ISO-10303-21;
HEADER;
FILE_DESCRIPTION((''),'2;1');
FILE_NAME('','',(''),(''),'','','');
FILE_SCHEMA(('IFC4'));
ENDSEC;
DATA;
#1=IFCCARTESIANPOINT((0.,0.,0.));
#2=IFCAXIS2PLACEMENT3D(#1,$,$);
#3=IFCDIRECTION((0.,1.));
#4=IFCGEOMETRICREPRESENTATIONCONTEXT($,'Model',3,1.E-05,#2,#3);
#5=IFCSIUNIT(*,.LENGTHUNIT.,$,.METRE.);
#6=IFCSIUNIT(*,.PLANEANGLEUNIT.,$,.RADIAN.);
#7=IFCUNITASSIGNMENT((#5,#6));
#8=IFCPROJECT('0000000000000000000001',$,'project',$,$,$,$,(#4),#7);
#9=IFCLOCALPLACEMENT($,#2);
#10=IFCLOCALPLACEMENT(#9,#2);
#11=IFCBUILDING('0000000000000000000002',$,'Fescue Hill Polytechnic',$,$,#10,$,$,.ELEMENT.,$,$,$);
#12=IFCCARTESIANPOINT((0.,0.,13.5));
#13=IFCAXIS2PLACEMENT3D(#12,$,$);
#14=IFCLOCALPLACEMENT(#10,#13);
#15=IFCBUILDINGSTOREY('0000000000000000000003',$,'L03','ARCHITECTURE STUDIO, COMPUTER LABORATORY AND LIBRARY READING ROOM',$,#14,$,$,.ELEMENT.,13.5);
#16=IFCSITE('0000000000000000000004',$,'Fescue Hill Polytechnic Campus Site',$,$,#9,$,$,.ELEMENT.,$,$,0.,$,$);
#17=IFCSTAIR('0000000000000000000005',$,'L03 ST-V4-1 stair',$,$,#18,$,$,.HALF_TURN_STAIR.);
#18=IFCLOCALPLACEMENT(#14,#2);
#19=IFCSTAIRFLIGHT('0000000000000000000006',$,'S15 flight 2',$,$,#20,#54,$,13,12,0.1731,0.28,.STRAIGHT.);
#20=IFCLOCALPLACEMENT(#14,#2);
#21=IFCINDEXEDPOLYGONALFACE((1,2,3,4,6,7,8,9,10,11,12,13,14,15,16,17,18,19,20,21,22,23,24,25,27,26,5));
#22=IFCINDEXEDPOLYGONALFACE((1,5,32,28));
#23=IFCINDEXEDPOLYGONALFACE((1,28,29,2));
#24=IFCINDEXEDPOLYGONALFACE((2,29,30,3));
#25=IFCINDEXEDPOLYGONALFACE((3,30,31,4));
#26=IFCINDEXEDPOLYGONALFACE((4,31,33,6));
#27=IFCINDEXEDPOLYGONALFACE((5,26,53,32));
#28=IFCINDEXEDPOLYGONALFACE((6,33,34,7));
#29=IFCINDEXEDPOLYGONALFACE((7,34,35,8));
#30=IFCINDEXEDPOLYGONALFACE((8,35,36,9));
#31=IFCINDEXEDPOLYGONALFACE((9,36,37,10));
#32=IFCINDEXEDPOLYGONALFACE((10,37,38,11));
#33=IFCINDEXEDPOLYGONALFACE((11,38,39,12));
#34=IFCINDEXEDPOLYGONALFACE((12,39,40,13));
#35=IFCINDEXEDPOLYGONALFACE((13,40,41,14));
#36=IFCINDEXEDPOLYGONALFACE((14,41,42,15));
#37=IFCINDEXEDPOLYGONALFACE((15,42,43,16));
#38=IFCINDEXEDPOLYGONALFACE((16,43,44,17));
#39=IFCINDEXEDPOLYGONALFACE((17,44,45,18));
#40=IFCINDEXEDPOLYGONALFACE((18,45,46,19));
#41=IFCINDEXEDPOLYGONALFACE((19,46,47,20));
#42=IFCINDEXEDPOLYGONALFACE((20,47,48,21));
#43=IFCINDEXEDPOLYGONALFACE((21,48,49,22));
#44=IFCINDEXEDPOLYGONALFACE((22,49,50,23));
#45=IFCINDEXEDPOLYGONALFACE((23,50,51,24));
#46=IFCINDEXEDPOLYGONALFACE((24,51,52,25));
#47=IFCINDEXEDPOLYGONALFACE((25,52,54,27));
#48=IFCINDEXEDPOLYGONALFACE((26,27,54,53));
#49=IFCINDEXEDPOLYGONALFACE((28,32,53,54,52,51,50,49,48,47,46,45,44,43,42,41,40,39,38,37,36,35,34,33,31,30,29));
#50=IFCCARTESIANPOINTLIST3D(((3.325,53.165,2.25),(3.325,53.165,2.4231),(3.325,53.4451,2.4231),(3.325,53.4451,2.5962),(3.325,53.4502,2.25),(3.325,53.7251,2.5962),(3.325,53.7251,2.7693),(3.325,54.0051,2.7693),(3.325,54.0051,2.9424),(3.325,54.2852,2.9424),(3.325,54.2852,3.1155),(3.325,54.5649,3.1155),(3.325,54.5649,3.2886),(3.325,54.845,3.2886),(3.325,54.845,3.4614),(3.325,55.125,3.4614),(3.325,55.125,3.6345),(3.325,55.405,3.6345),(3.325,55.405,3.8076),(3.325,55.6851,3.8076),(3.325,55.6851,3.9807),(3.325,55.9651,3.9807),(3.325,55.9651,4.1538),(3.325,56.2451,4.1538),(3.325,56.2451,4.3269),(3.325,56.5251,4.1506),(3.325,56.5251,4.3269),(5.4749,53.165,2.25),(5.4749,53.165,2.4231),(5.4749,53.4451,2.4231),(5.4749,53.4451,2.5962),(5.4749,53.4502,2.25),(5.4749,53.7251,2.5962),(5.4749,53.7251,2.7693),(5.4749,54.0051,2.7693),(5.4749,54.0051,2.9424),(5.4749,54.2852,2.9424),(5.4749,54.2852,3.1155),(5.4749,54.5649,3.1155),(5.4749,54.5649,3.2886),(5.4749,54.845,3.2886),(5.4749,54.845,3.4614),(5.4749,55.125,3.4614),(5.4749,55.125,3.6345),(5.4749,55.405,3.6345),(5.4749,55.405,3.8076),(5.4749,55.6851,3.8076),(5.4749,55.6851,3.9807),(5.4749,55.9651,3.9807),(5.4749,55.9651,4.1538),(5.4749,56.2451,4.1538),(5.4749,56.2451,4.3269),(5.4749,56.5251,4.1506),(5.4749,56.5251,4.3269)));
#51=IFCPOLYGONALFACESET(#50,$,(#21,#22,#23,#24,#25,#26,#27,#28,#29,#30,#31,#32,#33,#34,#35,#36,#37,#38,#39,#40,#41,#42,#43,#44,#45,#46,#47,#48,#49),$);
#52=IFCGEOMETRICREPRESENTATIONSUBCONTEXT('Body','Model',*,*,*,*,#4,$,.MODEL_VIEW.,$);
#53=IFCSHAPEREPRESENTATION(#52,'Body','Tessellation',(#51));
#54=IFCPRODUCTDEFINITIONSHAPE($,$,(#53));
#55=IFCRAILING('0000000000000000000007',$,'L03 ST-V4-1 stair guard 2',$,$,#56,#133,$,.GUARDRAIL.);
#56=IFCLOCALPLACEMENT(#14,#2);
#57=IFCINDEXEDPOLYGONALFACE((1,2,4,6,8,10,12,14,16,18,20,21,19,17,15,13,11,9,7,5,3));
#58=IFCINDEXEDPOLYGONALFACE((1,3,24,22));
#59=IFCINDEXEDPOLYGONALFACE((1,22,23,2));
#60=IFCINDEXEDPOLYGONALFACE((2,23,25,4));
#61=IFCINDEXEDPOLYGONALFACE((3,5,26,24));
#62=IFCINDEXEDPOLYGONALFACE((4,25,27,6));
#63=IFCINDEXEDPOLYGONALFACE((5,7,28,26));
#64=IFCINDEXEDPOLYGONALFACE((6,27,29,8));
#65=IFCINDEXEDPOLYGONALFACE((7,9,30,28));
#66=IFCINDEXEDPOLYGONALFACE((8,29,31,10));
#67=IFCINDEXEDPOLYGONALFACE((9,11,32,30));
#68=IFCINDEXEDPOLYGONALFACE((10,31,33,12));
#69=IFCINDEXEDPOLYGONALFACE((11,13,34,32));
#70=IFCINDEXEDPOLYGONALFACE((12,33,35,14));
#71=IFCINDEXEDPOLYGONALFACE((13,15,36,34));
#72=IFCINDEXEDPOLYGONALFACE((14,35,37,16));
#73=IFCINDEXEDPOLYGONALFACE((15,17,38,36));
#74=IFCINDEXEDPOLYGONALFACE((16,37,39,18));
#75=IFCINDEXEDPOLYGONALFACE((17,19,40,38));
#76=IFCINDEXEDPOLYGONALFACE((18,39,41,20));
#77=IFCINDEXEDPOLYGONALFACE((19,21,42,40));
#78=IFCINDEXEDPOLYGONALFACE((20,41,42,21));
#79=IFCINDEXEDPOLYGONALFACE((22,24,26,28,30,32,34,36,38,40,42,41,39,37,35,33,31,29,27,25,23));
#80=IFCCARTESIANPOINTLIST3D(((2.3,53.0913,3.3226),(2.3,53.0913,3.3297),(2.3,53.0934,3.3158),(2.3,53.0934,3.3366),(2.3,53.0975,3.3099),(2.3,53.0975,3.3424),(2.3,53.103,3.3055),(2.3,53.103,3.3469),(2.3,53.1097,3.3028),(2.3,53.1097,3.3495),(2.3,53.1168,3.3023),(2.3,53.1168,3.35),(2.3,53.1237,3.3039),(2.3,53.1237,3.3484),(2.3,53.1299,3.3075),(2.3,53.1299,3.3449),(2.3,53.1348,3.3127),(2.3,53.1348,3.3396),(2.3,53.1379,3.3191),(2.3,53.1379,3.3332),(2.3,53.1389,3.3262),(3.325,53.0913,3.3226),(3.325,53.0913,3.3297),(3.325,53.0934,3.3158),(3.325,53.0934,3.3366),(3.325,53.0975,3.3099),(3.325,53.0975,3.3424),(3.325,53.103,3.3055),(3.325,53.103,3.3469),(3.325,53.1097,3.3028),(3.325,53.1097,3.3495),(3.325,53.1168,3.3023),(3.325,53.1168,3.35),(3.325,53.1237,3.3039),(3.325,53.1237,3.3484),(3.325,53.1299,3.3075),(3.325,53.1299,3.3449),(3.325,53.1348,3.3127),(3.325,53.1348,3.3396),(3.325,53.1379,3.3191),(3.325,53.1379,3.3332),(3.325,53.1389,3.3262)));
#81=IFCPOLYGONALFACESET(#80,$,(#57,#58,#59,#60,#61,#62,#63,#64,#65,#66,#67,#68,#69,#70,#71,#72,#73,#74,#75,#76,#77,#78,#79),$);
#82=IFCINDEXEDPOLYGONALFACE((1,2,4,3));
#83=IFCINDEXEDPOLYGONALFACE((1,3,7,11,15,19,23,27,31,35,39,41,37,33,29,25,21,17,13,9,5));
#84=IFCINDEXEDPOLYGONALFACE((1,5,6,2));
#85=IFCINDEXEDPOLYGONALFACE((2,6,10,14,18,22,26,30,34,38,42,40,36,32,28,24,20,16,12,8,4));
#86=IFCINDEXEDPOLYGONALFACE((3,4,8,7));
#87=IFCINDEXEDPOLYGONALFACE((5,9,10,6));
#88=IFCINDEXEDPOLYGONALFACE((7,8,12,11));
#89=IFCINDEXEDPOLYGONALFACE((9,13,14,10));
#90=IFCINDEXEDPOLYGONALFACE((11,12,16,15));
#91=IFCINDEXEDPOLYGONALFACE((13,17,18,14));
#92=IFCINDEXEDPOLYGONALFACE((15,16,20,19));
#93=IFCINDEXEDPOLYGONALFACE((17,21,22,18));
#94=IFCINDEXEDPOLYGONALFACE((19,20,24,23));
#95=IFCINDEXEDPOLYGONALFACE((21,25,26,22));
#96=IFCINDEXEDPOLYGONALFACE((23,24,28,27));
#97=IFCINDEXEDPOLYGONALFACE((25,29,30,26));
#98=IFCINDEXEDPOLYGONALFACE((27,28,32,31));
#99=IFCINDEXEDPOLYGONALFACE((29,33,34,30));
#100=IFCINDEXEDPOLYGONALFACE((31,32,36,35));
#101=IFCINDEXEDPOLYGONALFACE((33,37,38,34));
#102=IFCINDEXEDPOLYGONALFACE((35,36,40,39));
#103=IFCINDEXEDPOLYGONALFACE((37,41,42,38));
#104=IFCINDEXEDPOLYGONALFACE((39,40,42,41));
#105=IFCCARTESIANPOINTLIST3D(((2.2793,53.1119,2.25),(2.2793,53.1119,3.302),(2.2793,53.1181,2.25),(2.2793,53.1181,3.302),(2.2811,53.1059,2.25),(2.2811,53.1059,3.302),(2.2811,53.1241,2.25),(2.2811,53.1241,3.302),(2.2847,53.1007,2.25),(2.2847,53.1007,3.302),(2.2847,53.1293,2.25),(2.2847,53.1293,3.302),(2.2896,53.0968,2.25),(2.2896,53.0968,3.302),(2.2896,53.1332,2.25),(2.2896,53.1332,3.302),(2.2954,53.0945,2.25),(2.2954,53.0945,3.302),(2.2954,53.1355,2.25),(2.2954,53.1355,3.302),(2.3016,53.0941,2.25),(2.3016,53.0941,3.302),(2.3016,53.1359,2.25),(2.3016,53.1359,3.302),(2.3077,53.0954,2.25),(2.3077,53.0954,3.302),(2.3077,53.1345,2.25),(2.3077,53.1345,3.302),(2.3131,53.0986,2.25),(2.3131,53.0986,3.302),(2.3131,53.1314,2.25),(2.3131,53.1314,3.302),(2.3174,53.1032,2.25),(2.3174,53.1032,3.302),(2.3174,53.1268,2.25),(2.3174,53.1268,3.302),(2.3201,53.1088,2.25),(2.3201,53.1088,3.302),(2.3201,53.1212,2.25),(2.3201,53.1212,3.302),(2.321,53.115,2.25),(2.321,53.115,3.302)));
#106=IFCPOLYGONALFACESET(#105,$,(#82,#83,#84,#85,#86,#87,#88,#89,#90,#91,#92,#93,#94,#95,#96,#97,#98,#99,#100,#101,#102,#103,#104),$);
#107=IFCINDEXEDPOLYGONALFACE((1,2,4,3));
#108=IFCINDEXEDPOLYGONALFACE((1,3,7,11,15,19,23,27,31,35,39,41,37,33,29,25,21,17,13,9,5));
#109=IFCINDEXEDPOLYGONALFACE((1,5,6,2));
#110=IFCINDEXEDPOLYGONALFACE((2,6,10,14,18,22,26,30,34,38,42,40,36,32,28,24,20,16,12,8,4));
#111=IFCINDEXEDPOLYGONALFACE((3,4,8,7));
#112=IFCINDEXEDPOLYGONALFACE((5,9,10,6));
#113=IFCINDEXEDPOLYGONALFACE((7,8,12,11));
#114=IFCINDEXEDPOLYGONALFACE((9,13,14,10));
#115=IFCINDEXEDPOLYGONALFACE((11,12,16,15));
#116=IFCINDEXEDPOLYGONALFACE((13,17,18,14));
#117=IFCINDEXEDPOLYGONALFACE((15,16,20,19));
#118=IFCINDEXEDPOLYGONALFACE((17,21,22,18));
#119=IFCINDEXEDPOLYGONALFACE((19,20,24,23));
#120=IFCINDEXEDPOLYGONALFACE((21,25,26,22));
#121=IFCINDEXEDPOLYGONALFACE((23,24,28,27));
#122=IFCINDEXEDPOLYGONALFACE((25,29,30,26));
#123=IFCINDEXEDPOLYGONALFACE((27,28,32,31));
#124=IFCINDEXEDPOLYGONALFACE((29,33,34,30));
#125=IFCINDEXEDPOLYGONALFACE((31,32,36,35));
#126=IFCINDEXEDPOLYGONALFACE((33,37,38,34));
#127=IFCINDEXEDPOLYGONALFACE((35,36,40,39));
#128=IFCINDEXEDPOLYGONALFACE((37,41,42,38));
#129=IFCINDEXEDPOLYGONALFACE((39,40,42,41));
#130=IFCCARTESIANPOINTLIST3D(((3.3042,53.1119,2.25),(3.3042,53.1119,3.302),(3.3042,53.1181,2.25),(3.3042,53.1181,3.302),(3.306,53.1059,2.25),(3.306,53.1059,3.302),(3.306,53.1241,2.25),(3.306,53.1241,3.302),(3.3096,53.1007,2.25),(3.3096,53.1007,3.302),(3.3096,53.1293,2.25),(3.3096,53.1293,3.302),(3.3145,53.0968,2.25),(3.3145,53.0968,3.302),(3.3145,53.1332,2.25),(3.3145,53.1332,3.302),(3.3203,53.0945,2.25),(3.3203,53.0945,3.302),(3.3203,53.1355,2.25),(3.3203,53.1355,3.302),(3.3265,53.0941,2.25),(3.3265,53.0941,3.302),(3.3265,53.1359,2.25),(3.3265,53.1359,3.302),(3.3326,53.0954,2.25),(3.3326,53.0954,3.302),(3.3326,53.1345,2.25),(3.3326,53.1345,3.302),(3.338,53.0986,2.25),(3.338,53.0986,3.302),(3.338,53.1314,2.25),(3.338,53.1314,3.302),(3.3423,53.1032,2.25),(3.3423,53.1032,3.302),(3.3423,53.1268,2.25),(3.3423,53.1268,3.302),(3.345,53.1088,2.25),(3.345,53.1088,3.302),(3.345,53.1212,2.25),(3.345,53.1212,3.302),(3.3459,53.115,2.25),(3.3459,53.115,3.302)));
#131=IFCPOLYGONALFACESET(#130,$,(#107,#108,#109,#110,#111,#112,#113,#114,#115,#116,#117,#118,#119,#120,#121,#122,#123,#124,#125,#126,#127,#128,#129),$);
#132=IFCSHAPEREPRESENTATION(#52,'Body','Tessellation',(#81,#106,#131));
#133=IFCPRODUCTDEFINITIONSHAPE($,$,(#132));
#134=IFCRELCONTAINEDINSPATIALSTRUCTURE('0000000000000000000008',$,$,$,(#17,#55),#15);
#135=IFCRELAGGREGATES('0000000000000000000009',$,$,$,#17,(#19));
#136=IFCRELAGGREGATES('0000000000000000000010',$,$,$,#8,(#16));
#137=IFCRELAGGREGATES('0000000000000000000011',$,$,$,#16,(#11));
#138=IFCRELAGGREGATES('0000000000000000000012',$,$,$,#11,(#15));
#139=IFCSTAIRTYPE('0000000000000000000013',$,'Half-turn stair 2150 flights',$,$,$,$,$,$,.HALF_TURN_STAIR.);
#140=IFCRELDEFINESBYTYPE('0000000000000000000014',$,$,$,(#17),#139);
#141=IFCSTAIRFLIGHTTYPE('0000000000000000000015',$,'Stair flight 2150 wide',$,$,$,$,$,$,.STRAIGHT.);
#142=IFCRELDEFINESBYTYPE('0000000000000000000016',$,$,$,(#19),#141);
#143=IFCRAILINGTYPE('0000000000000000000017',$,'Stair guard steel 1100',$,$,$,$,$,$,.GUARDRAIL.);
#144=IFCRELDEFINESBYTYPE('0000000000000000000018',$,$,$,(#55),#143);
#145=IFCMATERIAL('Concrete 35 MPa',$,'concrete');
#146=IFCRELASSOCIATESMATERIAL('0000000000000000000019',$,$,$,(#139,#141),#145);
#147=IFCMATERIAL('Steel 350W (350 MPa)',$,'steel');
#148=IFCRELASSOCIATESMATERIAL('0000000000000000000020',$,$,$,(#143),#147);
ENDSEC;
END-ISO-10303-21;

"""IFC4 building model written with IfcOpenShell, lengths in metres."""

from ifc_helpers import new_model, si_unit, direction, frame, origin, origin_2d, place, context, subcontext, project, spatial, polyline, circle, outline, extrude, material, type_object, element, aggregate, save


model = new_model("IFC4")

# Units and contexts
model_context = context("Model", 3, precision=1e-05, world=origin(), true_north=direction((0.0, 1.0)))
body_context = subcontext(model_context, "Body", "Model", "MODEL_VIEW")
ifc_project = project(units=[si_unit("LENGTHUNIT", "METRE"), si_unit("PLANEANGLEUNIT", "RADIAN")], contexts=[model_context])

# Site, building, storey
site_placement = place(None, origin())
site = spatial("IfcSite", under=ifc_project, at=site_placement, Name="Fescue Hill Polytechnic Campus Site", CompositionType="ELEMENT", RefElevation=0.0)
building_placement = place(site_placement, origin())
building = spatial("IfcBuilding", under=site, at=building_placement, Name="Fescue Hill Polytechnic", CompositionType="ELEMENT")
storey_placement = place(building_placement, frame((0.0, 0.0, 13.5)))
storey = spatial("IfcBuildingStorey", under=building, at=storey_placement, Name="L03", Description="ARCHITECTURE STUDIO, COMPUTER LABORATORY AND LIBRARY READING ROOM", CompositionType="ELEMENT", Elevation=13.5)

# Shared definitions
ifc_material_1 = material(Name="Concrete 35 MPa", Category="concrete")

# Stair, stair flight
stair_type = type_object("IfcStairType", Name="Half-turn stair 2150 flights", PredefinedType="HALF_TURN_STAIR", material=ifc_material_1)
stair_placement = place(storey_placement, origin())
stair = element("IfcStair", 1, at=stair_placement, inside=storey, type_object=stair_type, Name="L03 ST-V4-1 stair", PredefinedType="HALF_TURN_STAIR")
stair_flight_type = type_object("IfcStairFlightType", Name="Stair flight 2150 wide", PredefinedType="STRAIGHT", material=ifc_material_1)
stair_flight_placement = place(storey_placement, frame((4.3999, 53.165, 2.25), z_axis=(0.0, 0.0, 1.0), x_axis=(0.0, 1.0, 0.0)))
stair_flight = element("IfcStairFlight", 2, at=stair_flight_placement, type_object=stair_flight_type, Name="S15 flight 2", NumberOfRisers=13, NumberOfTreads=12, PredefinedType="STRAIGHT", RiserHeight=0.1731, TreadLength=0.28, context=body_context, shape_type="SweptSolid", body=[
    extrude(outline(polyline([(0.0, 0.0), (0.0, 0.1731), (0.28, 0.1731), (0.28, 0.3462), (0.5601, 0.3462), (0.5601, 0.5193), (0.8401, 0.5193), (0.8401, 0.6924), (1.1201, 0.6924), (1.1201, 0.8655), (1.3999, 0.8655), (1.3999, 1.0386), (1.6799, 1.0386), (1.6799, 1.2114), (1.96, 1.2114), (1.96, 1.3845), (2.24, 1.3845), (2.24, 1.5576), (2.52, 1.5576), (2.52, 1.7307), (2.8, 1.7307), (2.8, 1.9038), (3.0801, 1.9038), (3.0801, 2.0769), (3.3601, 2.0769), (3.3601, 2.25), (3.3601, 1.9006), (0.2852, 0.0), (0.0, 0.0)])), frame((0.0, 1.075, 0.0), z_axis=(0.0, -1.0, 0.0), x_axis=(1.0, 0.0, 0.0)), (0.0, 0.0, 1.0), 2.1499),
])
aggregate(stair, [stair_flight])

# Railing
ifc_material_2 = material(Name="Steel 350W (350 MPa)", Category="steel")
railing_type_1 = type_object("IfcRailingType", Name="Stair guard steel 1100", PredefinedType="GUARDRAIL", material=ifc_material_2)
railing_1_placement = place(storey_placement, frame((2.3, 53.115, 2.25)))
element("IfcRailing", 3, at=railing_1_placement, inside=storey, type_object=railing_type_1, Name="L03 ST-V4-1 stair guard 2", PredefinedType="GUARDRAIL", context=body_context, shape_type="SweptSolid", body=[
    extrude(circle(Radius=0.0239, at=origin_2d()), frame((0.0, 0.0, 1.0762), z_axis=(1.0, 0.0, 0.0), x_axis=(0.0, 1.0, 0.0)), (0.0, 0.0, 1.0), 1.0249),
    extrude(circle(Radius=0.021, at=origin_2d()), origin(), (0.0, 0.0, 1.0), 1.052),
    extrude(circle(Radius=0.021, at=origin_2d()), frame((1.0249, 0.0, 0.0)), (0.0, 0.0, 1.0), 1.052),
])

save(model, "model.ifc")
